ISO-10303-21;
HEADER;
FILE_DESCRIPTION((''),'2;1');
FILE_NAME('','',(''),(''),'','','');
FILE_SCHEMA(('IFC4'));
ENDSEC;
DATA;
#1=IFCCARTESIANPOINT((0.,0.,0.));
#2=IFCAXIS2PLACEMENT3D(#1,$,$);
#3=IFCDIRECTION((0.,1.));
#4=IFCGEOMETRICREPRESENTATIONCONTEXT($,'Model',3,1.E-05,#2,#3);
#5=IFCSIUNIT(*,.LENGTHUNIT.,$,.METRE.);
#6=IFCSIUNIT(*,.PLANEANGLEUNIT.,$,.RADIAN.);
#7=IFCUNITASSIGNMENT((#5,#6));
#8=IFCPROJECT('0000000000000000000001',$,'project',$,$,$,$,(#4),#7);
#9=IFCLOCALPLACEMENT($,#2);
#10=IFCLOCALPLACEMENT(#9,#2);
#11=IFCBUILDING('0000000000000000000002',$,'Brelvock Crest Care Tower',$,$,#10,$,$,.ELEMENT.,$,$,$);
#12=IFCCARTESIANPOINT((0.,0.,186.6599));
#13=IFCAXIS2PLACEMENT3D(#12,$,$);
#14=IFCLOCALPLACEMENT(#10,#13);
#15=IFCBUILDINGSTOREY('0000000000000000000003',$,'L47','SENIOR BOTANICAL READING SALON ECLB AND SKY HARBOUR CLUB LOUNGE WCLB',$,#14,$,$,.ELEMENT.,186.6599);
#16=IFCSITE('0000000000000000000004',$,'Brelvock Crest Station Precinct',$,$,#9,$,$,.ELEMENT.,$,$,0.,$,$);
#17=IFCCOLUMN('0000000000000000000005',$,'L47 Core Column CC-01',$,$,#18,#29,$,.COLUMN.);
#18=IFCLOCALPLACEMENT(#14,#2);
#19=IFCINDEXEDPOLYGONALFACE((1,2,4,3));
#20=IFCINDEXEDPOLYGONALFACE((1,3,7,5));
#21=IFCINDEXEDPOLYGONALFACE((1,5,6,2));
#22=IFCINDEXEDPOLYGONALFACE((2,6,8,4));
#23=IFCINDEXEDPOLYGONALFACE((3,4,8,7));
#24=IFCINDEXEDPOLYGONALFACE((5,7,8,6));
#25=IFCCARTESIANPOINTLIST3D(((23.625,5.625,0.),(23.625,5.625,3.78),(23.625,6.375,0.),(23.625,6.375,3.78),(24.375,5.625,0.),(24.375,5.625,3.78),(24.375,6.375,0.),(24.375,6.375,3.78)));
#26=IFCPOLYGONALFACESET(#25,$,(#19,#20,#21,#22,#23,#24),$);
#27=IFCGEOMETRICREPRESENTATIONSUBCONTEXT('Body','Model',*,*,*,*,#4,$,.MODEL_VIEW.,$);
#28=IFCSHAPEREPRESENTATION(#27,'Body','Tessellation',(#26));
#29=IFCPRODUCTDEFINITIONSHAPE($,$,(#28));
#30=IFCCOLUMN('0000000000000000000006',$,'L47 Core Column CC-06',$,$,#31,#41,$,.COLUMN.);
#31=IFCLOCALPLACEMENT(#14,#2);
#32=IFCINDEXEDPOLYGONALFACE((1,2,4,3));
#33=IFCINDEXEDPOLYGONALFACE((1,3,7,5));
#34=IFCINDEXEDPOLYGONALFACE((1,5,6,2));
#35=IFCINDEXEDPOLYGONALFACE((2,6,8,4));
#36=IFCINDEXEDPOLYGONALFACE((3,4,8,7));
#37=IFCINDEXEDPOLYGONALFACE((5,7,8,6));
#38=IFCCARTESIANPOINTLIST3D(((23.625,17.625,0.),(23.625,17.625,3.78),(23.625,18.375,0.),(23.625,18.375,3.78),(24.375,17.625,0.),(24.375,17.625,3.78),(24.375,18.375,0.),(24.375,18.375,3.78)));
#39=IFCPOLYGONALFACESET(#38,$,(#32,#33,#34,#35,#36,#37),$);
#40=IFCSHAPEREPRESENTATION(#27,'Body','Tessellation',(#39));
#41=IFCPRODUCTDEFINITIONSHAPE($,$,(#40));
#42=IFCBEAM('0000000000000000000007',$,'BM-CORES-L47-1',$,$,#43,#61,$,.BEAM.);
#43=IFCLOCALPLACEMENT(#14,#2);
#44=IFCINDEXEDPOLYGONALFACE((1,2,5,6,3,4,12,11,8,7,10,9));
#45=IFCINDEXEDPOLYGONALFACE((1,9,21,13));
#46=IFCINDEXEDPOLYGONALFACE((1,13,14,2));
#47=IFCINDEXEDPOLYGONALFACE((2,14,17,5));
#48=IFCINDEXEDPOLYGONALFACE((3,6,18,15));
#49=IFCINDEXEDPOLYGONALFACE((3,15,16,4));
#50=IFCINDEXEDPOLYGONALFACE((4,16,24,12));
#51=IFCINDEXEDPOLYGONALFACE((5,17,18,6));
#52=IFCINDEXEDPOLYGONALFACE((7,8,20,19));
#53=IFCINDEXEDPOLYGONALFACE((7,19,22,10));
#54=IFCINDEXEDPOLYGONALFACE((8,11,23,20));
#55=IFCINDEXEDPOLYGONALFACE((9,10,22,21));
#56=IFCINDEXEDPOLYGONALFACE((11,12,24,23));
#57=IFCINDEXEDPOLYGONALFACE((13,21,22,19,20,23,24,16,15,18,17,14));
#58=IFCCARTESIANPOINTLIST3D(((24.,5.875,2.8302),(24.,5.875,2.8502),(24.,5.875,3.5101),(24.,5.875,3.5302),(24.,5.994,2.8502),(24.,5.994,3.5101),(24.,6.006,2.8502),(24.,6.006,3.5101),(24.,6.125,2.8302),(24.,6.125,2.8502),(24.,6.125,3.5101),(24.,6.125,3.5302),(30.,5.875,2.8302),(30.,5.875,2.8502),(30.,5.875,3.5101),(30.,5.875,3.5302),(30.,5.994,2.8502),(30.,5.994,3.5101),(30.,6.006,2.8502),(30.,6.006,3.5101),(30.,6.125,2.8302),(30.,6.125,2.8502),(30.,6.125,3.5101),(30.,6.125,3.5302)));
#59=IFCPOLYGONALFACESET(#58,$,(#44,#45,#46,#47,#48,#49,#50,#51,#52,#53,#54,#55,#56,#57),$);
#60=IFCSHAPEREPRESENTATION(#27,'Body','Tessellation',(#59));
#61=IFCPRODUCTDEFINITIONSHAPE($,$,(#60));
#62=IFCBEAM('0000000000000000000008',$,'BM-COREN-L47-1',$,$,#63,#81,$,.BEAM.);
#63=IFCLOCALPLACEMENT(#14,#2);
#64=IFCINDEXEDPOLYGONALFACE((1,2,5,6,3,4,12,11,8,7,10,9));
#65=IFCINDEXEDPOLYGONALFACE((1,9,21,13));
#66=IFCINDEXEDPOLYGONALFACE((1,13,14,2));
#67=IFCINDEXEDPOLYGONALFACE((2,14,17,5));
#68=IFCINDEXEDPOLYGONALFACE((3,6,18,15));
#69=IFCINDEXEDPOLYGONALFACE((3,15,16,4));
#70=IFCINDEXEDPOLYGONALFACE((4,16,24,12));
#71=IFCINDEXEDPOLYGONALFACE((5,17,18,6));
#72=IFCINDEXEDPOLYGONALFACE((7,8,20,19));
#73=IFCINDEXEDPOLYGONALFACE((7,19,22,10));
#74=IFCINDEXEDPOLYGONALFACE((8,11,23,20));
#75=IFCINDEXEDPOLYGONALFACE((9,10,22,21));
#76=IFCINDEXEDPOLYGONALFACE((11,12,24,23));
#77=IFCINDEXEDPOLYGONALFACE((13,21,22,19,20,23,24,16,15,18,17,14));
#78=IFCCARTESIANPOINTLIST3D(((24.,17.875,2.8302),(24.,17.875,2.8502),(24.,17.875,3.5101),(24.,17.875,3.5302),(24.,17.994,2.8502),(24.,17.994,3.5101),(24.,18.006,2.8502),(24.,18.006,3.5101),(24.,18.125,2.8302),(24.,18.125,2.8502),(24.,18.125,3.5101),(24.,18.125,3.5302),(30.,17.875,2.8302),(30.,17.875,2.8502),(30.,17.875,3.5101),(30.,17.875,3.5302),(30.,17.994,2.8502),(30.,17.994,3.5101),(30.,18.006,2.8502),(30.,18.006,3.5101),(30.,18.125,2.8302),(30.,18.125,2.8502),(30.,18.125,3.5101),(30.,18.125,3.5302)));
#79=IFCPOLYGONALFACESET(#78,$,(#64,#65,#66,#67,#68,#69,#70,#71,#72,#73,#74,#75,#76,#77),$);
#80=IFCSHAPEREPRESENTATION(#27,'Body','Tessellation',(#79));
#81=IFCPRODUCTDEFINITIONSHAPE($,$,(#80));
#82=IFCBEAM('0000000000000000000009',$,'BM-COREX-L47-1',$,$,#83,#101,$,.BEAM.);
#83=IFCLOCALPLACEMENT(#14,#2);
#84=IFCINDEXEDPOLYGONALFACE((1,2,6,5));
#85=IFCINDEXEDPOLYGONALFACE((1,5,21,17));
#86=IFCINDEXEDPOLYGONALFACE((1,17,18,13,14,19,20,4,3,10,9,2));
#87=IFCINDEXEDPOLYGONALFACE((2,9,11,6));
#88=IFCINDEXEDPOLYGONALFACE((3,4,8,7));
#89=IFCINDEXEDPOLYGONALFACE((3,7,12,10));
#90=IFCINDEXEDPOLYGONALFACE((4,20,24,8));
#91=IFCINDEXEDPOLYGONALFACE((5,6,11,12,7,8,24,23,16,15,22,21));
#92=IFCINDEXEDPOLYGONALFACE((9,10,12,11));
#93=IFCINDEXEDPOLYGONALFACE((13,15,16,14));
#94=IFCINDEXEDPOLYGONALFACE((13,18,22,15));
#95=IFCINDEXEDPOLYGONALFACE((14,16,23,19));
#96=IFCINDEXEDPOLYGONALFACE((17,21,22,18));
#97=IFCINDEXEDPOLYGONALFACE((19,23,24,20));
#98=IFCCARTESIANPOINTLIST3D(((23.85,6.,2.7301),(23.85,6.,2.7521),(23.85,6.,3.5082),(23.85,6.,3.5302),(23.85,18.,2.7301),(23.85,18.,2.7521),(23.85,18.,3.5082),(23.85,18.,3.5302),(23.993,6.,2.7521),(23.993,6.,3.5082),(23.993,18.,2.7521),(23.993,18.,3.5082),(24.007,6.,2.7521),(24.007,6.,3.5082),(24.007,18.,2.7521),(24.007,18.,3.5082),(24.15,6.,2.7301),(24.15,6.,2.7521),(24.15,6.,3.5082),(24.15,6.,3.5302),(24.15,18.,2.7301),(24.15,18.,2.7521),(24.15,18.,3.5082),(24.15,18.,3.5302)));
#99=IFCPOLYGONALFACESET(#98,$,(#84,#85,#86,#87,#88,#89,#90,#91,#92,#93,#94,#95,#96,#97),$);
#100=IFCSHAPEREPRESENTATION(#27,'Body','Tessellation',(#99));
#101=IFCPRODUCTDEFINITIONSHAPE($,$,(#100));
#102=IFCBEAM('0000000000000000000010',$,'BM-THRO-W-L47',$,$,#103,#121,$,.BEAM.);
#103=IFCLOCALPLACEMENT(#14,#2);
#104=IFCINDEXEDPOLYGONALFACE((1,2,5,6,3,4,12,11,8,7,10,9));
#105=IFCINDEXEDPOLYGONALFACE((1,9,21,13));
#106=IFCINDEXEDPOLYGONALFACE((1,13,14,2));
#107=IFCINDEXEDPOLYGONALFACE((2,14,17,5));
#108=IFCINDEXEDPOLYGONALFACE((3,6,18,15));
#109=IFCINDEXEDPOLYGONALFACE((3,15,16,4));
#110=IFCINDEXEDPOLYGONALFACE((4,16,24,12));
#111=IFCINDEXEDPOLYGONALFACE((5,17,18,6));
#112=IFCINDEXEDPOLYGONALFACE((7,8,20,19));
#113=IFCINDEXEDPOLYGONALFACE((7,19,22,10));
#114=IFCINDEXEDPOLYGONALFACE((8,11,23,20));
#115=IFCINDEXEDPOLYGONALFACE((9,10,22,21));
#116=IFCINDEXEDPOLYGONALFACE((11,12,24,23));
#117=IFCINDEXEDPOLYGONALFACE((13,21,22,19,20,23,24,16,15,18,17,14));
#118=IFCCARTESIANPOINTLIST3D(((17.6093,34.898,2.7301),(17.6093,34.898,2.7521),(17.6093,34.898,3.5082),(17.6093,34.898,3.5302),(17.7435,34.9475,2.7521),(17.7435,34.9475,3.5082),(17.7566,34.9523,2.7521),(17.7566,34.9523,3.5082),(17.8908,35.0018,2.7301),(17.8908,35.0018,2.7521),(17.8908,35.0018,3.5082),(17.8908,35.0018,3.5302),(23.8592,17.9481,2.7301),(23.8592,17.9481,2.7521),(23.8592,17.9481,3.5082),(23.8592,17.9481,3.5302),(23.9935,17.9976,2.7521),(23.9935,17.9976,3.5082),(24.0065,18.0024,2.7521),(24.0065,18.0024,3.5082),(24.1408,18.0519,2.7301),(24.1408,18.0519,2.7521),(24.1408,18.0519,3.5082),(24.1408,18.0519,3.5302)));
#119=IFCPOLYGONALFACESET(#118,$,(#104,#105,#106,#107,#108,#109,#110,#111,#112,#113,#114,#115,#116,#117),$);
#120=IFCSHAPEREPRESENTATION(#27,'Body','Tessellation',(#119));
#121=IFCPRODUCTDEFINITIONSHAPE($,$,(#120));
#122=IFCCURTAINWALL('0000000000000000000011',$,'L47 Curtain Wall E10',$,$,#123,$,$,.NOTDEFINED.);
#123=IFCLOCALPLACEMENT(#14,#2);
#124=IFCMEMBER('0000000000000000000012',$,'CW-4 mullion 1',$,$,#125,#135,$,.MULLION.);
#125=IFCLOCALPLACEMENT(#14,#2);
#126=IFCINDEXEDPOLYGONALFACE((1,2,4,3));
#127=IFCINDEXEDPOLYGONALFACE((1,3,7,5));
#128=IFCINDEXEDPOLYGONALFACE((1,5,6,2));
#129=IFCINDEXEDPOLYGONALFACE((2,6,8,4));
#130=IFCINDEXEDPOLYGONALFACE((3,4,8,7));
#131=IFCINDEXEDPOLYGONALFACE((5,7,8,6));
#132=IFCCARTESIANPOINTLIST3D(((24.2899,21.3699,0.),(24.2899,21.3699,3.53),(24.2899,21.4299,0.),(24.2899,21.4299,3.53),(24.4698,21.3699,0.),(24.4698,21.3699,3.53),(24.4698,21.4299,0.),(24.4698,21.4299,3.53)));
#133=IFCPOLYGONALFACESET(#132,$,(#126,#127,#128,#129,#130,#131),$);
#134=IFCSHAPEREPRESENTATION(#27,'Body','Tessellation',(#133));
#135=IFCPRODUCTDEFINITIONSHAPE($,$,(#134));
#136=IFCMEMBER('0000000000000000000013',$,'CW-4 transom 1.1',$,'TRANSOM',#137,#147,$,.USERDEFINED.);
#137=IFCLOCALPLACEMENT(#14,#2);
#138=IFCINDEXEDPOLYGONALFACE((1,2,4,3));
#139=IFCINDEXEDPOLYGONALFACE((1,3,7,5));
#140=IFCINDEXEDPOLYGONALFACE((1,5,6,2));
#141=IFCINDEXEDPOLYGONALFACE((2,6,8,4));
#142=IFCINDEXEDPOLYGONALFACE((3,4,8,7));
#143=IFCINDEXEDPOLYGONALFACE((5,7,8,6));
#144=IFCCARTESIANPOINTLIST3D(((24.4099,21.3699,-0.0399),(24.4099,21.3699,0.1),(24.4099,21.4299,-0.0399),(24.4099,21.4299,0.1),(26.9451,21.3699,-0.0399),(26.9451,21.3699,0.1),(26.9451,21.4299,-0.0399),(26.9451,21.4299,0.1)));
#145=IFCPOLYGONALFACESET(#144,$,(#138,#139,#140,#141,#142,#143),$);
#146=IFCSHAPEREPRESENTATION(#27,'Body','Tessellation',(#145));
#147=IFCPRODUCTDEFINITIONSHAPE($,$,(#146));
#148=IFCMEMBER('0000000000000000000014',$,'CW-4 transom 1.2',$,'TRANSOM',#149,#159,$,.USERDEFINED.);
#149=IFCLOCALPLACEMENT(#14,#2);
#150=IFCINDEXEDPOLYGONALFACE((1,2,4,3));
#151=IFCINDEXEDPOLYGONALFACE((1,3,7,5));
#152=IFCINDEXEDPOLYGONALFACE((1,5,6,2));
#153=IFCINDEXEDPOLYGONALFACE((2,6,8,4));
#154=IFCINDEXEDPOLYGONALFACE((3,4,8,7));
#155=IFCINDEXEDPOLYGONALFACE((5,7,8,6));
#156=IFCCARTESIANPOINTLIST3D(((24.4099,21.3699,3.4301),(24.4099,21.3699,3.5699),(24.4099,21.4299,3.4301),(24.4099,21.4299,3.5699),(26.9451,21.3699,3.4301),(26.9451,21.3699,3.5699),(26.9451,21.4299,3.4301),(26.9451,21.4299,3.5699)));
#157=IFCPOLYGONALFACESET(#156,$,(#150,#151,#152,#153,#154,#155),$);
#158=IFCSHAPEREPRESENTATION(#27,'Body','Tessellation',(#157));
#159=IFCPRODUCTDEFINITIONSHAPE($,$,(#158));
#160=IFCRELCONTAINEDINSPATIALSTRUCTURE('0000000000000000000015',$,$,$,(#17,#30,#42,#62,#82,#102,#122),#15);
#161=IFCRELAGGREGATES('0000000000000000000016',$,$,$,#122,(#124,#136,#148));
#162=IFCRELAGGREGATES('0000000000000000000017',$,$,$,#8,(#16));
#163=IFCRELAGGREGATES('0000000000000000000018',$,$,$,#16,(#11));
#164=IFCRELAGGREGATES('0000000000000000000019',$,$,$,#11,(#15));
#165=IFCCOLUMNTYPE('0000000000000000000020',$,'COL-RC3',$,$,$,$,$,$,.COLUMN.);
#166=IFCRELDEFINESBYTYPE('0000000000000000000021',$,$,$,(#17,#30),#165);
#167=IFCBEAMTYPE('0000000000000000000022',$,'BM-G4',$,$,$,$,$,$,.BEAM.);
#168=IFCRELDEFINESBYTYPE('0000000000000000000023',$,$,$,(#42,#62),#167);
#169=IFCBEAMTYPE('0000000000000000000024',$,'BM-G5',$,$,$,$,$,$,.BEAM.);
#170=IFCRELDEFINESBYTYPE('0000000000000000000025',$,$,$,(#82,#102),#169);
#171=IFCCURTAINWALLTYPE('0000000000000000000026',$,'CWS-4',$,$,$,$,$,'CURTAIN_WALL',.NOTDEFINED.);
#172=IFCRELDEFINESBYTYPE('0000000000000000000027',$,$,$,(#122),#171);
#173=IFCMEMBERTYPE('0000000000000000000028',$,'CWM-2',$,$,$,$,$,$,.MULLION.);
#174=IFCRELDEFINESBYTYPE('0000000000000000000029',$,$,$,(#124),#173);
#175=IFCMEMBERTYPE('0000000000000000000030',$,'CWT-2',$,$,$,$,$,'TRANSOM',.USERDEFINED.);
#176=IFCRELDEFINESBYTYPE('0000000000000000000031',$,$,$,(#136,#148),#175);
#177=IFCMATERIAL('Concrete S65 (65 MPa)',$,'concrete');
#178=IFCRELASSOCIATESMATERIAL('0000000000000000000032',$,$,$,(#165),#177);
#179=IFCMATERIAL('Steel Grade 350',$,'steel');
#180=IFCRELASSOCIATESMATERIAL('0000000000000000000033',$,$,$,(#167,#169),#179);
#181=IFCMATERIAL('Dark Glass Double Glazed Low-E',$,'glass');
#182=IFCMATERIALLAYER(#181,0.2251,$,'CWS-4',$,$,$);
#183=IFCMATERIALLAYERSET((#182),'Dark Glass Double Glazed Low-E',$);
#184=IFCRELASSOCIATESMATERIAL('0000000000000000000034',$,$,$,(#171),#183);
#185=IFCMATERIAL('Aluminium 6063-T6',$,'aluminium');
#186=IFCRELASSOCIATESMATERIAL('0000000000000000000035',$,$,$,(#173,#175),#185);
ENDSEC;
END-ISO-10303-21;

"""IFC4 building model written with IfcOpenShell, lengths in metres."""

from ifc_helpers import new_model, si_unit, direction, frame, origin, origin_2d, place, context, subcontext, project, spatial, rectangle, i_section, extrude, source, transform, mapped, material, layer, layer_set, material_profile, profile_set, type_object, element, aggregate, save


model = new_model("IFC4")

# Units and contexts
model_context = context("Model", 3, precision=1e-05, world=origin(), true_north=direction((0.0, 1.0)))
body_context = subcontext(model_context, "Body", "Model", "MODEL_VIEW")
ifc_project = project(units=[si_unit("LENGTHUNIT", "METRE"), si_unit("PLANEANGLEUNIT", "RADIAN")], contexts=[model_context])

# Site, building, storey
site_placement = place(None, origin())
site = spatial("IfcSite", under=ifc_project, at=site_placement, Name="Brelvock Crest Station Precinct", CompositionType="ELEMENT", RefElevation=0.0)
building_placement = place(site_placement, origin())
building = spatial("IfcBuilding", under=site, at=building_placement, Name="Brelvock Crest Care Tower", CompositionType="ELEMENT")
storey_placement = place(building_placement, frame((0.0, 0.0, 186.6599)))
storey = spatial("IfcBuildingStorey", under=building, at=storey_placement, Name="L47", Description="SENIOR BOTANICAL READING SALON ECLB AND SKY HARBOUR CLUB LOUNGE WCLB", CompositionType="ELEMENT", Elevation=186.6599)

# Columns
ifc_material_1 = material(Name="Concrete S65 (65 MPa)", Category="concrete")
ifc_material_profile_1 = material_profile(ifc_material_1, rectangle(XDim=0.75, YDim=0.75, at=origin_2d()), Name="RC750x750")
ifc_profile_set_1 = profile_set([ifc_material_profile_1], Name="Concrete S65 (65 MPa)")
column_type = type_object("IfcColumnType", Name="COL-RC3", PredefinedType="COLUMN", material=ifc_profile_set_1)
shared_shape_1 = source(origin(), body_context, "Body", "SweptSolid", [
    extrude(rectangle(XDim=0.75, YDim=0.75, at=origin_2d()), origin(), (0.0, 0.0, 1.0), 3.78),
])
for number, where, z_axis, x_axis, name in (
    (1, (24.0, 6.0, 0.0), (0.0, 0.0, 1.0), (1.0, 0.0, 0.0), "L47 Core Column CC-01"),
    (2, (24.0, 18.0, 0.0), (0.0, 0.0, 1.0), (1.0, 0.0, 0.0), "L47 Core Column CC-06"),
):
    element("IfcColumn", number, at=place(storey_placement, frame(where, z_axis=z_axis, x_axis=x_axis)), inside=storey, type_object=column_type, Name=name, PredefinedType="COLUMN", context=body_context, shape_type="MappedRepresentation", body=[
        mapped(shared_shape_1, transform((0.0, 0.0, 0.0), x_axis=(1.0, 0.0, 0.0), y_axis=(0.0, 1.0, 0.0), z_axis=(0.0, 0.0, 1.0), scale=1.0)),
    ])

# Beams
ifc_material_2 = material(Name="Steel Grade 350", Category="steel")
ifc_material_profile_2 = material_profile(ifc_material_2, i_section(OverallWidth=0.25, OverallDepth=0.7, WebThickness=0.012, FlangeThickness=0.02, at=origin_2d()), Name="700WB150")
ifc_profile_set_2 = profile_set([ifc_material_profile_2], Name="Steel Grade 350")
beam_type_1 = type_object("IfcBeamType", Name="BM-G4", PredefinedType="BEAM", material=ifc_profile_set_2)
shared_shape_2 = source(origin(), body_context, "Body", "SweptSolid", [
    extrude(i_section(OverallWidth=0.25, OverallDepth=0.7, WebThickness=0.012, FlangeThickness=0.02, at=origin_2d()), origin(), (0.0, 0.0, 1.0), 6.0),
])
for number, where, z_axis, x_axis, name in (
    (3, (24.0, 6.0, 3.1802), (1.0, 0.0, 0.0), (0.0, 1.0, 0.0), "BM-CORES-L47-1"),
    (4, (24.0, 18.0, 3.1802), (1.0, 0.0, 0.0), (0.0, 1.0, 0.0), "BM-COREN-L47-1"),
):
    element("IfcBeam", number, at=place(storey_placement, frame(where, z_axis=z_axis, x_axis=x_axis)), inside=storey, type_object=beam_type_1, Name=name, PredefinedType="BEAM", context=body_context, shape_type="MappedRepresentation", body=[
        mapped(shared_shape_2, transform((0.0, 0.0, 0.0), x_axis=(1.0, 0.0, 0.0), y_axis=(0.0, 1.0, 0.0), z_axis=(0.0, 0.0, 1.0), scale=1.0)),
    ])
ifc_material_profile_3 = material_profile(ifc_material_2, i_section(OverallWidth=0.3, OverallDepth=0.8, WebThickness=0.0139, FlangeThickness=0.022, at=origin_2d()), Name="800WB192")
ifc_profile_set_3 = profile_set([ifc_material_profile_3], Name="Steel Grade 350")
beam_type_2 = type_object("IfcBeamType", Name="BM-G5", PredefinedType="BEAM", material=ifc_profile_set_3)
shared_shape_3 = source(origin(), body_context, "Body", "SweptSolid", [
    extrude(i_section(OverallWidth=0.3, OverallDepth=0.8, WebThickness=0.0139, FlangeThickness=0.022, at=origin_2d()), origin(), (0.0, 0.0, 1.0), 12.0),
])
beam_1_placement = place(storey_placement, frame((24.0, 6.0, 3.1301), z_axis=(0.0, 1.0, 0.0), x_axis=(-1.0, 0.0, 0.0)))
element("IfcBeam", 5, at=beam_1_placement, inside=storey, type_object=beam_type_2, Name="BM-COREX-L47-1", PredefinedType="BEAM", context=body_context, shape_type="MappedRepresentation", body=[
    mapped(shared_shape_3, transform((0.0, 0.0, 0.0), x_axis=(1.0, 0.0, 0.0), y_axis=(0.0, 1.0, 0.0), z_axis=(0.0, 0.0, 1.0), scale=1.0)),
])
shared_shape_4 = source(origin(), body_context, "Body", "SweptSolid", [
    extrude(i_section(OverallWidth=0.3, OverallDepth=0.8, WebThickness=0.0139, FlangeThickness=0.022, at=origin_2d()), origin(), (0.0, 0.0, 1.0), 18.0654),
])
beam_2_placement = place(storey_placement, frame((24.0, 18.0, 3.1301), z_axis=(-0.345963, 0.938248, 0.0), x_axis=(-0.938248, -0.345963, 0.0)))
element("IfcBeam", 6, at=beam_2_placement, inside=storey, type_object=beam_type_2, Name="BM-THRO-W-L47", PredefinedType="BEAM", context=body_context, shape_type="MappedRepresentation", body=[
    mapped(shared_shape_4, transform((0.0, 0.0, 0.0), x_axis=(1.0, 0.0, 0.0), y_axis=(0.0, 1.0, 0.0), z_axis=(0.0, 0.0, 1.0), scale=1.0)),
])

# Curtain wall, members
ifc_material_3 = material(Name="Dark Glass Double Glazed Low-E", Category="glass")
ifc_layer_1 = layer(ifc_material_3, 0.2251, Name="CWS-4")
ifc_layer_set_1 = layer_set([ifc_layer_1], Name="Dark Glass Double Glazed Low-E")
curtain_wall_type = type_object("IfcCurtainWallType", Name="CWS-4", ElementType="CURTAIN_WALL", PredefinedType="NOTDEFINED", material=ifc_layer_set_1)
curtain_wall_placement = place(storey_placement, origin())
curtain_wall = element("IfcCurtainWall", 7, at=curtain_wall_placement, inside=storey, type_object=curtain_wall_type, Name="L47 Curtain Wall E10", PredefinedType="NOTDEFINED")
ifc_material_4 = material(Name="Aluminium 6063-T6", Category="aluminium")
ifc_material_profile_4 = material_profile(ifc_material_4, rectangle(XDim=0.0601, YDim=0.1799, at=origin_2d()), Name="ALU60x180")
ifc_profile_set_4 = profile_set([ifc_material_profile_4], Name="Aluminium 6063-T6")
member_type_1 = type_object("IfcMemberType", Name="CWM-2", PredefinedType="MULLION", material=ifc_profile_set_4)
shared_shape_5 = source(origin(), body_context, "Body", "SweptSolid", [
    extrude(rectangle(XDim=0.0601, YDim=0.1799, at=origin_2d()), origin(), (0.0, 0.0, 1.0), 3.53),
])
member_1_placement = place(storey_placement, frame((24.3799, 21.3999, 0.0), z_axis=(0.0, 0.0, 1.0), x_axis=(0.0, 1.0, 0.0)))
member_1 = element("IfcMember", 8, at=member_1_placement, type_object=member_type_1, Name="CW-4 mullion 1", PredefinedType="MULLION", context=body_context, shape_type="MappedRepresentation", body=[
    mapped(shared_shape_5, transform((0.0, 0.0, 0.0), x_axis=(1.0, 0.0, 0.0), y_axis=(0.0, 1.0, 0.0), z_axis=(0.0, 0.0, 1.0), scale=1.0)),
])
ifc_material_profile_5 = material_profile(ifc_material_4, rectangle(XDim=0.0601, YDim=0.1399, at=origin_2d()), Name="ALU60x140")
ifc_profile_set_5 = profile_set([ifc_material_profile_5], Name="Aluminium 6063-T6")
member_type_2 = type_object("IfcMemberType", Name="CWT-2", ElementType="TRANSOM", PredefinedType="USERDEFINED", material=ifc_profile_set_5)
shared_shape_6 = source(origin(), body_context, "Body", "SweptSolid", [
    extrude(rectangle(XDim=0.0601, YDim=0.1399, at=origin_2d()), origin(), (0.0, 0.0, 1.0), 2.5352),
])
member_2_placement = place(storey_placement, frame((24.4099, 21.3999, 0.03), z_axis=(1.0, 0.0, 0.0), x_axis=(0.0, 1.0, 0.0)))
member_2 = element("IfcMember", 9, at=member_2_placement, type_object=member_type_2, Name="CW-4 transom 1.1", ObjectType="TRANSOM", PredefinedType="USERDEFINED", context=body_context, shape_type="MappedRepresentation", body=[
    mapped(shared_shape_6, transform((0.0, 0.0, 0.0), x_axis=(1.0, 0.0, 0.0), y_axis=(0.0, 1.0, 0.0), z_axis=(0.0, 0.0, 1.0), scale=1.0)),
])
member_3_placement = place(storey_placement, frame((24.4099, 21.3999, 3.5), z_axis=(1.0, 0.0, 0.0), x_axis=(0.0, 1.0, 0.0)))
member_3 = element("IfcMember", 10, at=member_3_placement, type_object=member_type_2, Name="CW-4 transom 1.2", ObjectType="TRANSOM", PredefinedType="USERDEFINED", context=body_context, shape_type="MappedRepresentation", body=[
    mapped(shared_shape_6, transform((0.0, 0.0, 0.0), x_axis=(1.0, 0.0, 0.0), y_axis=(0.0, 1.0, 0.0), z_axis=(0.0, 0.0, 1.0), scale=1.0)),
])

aggregate(curtain_wall, [member_1, member_2, member_3])

save(model, "model.ifc")
